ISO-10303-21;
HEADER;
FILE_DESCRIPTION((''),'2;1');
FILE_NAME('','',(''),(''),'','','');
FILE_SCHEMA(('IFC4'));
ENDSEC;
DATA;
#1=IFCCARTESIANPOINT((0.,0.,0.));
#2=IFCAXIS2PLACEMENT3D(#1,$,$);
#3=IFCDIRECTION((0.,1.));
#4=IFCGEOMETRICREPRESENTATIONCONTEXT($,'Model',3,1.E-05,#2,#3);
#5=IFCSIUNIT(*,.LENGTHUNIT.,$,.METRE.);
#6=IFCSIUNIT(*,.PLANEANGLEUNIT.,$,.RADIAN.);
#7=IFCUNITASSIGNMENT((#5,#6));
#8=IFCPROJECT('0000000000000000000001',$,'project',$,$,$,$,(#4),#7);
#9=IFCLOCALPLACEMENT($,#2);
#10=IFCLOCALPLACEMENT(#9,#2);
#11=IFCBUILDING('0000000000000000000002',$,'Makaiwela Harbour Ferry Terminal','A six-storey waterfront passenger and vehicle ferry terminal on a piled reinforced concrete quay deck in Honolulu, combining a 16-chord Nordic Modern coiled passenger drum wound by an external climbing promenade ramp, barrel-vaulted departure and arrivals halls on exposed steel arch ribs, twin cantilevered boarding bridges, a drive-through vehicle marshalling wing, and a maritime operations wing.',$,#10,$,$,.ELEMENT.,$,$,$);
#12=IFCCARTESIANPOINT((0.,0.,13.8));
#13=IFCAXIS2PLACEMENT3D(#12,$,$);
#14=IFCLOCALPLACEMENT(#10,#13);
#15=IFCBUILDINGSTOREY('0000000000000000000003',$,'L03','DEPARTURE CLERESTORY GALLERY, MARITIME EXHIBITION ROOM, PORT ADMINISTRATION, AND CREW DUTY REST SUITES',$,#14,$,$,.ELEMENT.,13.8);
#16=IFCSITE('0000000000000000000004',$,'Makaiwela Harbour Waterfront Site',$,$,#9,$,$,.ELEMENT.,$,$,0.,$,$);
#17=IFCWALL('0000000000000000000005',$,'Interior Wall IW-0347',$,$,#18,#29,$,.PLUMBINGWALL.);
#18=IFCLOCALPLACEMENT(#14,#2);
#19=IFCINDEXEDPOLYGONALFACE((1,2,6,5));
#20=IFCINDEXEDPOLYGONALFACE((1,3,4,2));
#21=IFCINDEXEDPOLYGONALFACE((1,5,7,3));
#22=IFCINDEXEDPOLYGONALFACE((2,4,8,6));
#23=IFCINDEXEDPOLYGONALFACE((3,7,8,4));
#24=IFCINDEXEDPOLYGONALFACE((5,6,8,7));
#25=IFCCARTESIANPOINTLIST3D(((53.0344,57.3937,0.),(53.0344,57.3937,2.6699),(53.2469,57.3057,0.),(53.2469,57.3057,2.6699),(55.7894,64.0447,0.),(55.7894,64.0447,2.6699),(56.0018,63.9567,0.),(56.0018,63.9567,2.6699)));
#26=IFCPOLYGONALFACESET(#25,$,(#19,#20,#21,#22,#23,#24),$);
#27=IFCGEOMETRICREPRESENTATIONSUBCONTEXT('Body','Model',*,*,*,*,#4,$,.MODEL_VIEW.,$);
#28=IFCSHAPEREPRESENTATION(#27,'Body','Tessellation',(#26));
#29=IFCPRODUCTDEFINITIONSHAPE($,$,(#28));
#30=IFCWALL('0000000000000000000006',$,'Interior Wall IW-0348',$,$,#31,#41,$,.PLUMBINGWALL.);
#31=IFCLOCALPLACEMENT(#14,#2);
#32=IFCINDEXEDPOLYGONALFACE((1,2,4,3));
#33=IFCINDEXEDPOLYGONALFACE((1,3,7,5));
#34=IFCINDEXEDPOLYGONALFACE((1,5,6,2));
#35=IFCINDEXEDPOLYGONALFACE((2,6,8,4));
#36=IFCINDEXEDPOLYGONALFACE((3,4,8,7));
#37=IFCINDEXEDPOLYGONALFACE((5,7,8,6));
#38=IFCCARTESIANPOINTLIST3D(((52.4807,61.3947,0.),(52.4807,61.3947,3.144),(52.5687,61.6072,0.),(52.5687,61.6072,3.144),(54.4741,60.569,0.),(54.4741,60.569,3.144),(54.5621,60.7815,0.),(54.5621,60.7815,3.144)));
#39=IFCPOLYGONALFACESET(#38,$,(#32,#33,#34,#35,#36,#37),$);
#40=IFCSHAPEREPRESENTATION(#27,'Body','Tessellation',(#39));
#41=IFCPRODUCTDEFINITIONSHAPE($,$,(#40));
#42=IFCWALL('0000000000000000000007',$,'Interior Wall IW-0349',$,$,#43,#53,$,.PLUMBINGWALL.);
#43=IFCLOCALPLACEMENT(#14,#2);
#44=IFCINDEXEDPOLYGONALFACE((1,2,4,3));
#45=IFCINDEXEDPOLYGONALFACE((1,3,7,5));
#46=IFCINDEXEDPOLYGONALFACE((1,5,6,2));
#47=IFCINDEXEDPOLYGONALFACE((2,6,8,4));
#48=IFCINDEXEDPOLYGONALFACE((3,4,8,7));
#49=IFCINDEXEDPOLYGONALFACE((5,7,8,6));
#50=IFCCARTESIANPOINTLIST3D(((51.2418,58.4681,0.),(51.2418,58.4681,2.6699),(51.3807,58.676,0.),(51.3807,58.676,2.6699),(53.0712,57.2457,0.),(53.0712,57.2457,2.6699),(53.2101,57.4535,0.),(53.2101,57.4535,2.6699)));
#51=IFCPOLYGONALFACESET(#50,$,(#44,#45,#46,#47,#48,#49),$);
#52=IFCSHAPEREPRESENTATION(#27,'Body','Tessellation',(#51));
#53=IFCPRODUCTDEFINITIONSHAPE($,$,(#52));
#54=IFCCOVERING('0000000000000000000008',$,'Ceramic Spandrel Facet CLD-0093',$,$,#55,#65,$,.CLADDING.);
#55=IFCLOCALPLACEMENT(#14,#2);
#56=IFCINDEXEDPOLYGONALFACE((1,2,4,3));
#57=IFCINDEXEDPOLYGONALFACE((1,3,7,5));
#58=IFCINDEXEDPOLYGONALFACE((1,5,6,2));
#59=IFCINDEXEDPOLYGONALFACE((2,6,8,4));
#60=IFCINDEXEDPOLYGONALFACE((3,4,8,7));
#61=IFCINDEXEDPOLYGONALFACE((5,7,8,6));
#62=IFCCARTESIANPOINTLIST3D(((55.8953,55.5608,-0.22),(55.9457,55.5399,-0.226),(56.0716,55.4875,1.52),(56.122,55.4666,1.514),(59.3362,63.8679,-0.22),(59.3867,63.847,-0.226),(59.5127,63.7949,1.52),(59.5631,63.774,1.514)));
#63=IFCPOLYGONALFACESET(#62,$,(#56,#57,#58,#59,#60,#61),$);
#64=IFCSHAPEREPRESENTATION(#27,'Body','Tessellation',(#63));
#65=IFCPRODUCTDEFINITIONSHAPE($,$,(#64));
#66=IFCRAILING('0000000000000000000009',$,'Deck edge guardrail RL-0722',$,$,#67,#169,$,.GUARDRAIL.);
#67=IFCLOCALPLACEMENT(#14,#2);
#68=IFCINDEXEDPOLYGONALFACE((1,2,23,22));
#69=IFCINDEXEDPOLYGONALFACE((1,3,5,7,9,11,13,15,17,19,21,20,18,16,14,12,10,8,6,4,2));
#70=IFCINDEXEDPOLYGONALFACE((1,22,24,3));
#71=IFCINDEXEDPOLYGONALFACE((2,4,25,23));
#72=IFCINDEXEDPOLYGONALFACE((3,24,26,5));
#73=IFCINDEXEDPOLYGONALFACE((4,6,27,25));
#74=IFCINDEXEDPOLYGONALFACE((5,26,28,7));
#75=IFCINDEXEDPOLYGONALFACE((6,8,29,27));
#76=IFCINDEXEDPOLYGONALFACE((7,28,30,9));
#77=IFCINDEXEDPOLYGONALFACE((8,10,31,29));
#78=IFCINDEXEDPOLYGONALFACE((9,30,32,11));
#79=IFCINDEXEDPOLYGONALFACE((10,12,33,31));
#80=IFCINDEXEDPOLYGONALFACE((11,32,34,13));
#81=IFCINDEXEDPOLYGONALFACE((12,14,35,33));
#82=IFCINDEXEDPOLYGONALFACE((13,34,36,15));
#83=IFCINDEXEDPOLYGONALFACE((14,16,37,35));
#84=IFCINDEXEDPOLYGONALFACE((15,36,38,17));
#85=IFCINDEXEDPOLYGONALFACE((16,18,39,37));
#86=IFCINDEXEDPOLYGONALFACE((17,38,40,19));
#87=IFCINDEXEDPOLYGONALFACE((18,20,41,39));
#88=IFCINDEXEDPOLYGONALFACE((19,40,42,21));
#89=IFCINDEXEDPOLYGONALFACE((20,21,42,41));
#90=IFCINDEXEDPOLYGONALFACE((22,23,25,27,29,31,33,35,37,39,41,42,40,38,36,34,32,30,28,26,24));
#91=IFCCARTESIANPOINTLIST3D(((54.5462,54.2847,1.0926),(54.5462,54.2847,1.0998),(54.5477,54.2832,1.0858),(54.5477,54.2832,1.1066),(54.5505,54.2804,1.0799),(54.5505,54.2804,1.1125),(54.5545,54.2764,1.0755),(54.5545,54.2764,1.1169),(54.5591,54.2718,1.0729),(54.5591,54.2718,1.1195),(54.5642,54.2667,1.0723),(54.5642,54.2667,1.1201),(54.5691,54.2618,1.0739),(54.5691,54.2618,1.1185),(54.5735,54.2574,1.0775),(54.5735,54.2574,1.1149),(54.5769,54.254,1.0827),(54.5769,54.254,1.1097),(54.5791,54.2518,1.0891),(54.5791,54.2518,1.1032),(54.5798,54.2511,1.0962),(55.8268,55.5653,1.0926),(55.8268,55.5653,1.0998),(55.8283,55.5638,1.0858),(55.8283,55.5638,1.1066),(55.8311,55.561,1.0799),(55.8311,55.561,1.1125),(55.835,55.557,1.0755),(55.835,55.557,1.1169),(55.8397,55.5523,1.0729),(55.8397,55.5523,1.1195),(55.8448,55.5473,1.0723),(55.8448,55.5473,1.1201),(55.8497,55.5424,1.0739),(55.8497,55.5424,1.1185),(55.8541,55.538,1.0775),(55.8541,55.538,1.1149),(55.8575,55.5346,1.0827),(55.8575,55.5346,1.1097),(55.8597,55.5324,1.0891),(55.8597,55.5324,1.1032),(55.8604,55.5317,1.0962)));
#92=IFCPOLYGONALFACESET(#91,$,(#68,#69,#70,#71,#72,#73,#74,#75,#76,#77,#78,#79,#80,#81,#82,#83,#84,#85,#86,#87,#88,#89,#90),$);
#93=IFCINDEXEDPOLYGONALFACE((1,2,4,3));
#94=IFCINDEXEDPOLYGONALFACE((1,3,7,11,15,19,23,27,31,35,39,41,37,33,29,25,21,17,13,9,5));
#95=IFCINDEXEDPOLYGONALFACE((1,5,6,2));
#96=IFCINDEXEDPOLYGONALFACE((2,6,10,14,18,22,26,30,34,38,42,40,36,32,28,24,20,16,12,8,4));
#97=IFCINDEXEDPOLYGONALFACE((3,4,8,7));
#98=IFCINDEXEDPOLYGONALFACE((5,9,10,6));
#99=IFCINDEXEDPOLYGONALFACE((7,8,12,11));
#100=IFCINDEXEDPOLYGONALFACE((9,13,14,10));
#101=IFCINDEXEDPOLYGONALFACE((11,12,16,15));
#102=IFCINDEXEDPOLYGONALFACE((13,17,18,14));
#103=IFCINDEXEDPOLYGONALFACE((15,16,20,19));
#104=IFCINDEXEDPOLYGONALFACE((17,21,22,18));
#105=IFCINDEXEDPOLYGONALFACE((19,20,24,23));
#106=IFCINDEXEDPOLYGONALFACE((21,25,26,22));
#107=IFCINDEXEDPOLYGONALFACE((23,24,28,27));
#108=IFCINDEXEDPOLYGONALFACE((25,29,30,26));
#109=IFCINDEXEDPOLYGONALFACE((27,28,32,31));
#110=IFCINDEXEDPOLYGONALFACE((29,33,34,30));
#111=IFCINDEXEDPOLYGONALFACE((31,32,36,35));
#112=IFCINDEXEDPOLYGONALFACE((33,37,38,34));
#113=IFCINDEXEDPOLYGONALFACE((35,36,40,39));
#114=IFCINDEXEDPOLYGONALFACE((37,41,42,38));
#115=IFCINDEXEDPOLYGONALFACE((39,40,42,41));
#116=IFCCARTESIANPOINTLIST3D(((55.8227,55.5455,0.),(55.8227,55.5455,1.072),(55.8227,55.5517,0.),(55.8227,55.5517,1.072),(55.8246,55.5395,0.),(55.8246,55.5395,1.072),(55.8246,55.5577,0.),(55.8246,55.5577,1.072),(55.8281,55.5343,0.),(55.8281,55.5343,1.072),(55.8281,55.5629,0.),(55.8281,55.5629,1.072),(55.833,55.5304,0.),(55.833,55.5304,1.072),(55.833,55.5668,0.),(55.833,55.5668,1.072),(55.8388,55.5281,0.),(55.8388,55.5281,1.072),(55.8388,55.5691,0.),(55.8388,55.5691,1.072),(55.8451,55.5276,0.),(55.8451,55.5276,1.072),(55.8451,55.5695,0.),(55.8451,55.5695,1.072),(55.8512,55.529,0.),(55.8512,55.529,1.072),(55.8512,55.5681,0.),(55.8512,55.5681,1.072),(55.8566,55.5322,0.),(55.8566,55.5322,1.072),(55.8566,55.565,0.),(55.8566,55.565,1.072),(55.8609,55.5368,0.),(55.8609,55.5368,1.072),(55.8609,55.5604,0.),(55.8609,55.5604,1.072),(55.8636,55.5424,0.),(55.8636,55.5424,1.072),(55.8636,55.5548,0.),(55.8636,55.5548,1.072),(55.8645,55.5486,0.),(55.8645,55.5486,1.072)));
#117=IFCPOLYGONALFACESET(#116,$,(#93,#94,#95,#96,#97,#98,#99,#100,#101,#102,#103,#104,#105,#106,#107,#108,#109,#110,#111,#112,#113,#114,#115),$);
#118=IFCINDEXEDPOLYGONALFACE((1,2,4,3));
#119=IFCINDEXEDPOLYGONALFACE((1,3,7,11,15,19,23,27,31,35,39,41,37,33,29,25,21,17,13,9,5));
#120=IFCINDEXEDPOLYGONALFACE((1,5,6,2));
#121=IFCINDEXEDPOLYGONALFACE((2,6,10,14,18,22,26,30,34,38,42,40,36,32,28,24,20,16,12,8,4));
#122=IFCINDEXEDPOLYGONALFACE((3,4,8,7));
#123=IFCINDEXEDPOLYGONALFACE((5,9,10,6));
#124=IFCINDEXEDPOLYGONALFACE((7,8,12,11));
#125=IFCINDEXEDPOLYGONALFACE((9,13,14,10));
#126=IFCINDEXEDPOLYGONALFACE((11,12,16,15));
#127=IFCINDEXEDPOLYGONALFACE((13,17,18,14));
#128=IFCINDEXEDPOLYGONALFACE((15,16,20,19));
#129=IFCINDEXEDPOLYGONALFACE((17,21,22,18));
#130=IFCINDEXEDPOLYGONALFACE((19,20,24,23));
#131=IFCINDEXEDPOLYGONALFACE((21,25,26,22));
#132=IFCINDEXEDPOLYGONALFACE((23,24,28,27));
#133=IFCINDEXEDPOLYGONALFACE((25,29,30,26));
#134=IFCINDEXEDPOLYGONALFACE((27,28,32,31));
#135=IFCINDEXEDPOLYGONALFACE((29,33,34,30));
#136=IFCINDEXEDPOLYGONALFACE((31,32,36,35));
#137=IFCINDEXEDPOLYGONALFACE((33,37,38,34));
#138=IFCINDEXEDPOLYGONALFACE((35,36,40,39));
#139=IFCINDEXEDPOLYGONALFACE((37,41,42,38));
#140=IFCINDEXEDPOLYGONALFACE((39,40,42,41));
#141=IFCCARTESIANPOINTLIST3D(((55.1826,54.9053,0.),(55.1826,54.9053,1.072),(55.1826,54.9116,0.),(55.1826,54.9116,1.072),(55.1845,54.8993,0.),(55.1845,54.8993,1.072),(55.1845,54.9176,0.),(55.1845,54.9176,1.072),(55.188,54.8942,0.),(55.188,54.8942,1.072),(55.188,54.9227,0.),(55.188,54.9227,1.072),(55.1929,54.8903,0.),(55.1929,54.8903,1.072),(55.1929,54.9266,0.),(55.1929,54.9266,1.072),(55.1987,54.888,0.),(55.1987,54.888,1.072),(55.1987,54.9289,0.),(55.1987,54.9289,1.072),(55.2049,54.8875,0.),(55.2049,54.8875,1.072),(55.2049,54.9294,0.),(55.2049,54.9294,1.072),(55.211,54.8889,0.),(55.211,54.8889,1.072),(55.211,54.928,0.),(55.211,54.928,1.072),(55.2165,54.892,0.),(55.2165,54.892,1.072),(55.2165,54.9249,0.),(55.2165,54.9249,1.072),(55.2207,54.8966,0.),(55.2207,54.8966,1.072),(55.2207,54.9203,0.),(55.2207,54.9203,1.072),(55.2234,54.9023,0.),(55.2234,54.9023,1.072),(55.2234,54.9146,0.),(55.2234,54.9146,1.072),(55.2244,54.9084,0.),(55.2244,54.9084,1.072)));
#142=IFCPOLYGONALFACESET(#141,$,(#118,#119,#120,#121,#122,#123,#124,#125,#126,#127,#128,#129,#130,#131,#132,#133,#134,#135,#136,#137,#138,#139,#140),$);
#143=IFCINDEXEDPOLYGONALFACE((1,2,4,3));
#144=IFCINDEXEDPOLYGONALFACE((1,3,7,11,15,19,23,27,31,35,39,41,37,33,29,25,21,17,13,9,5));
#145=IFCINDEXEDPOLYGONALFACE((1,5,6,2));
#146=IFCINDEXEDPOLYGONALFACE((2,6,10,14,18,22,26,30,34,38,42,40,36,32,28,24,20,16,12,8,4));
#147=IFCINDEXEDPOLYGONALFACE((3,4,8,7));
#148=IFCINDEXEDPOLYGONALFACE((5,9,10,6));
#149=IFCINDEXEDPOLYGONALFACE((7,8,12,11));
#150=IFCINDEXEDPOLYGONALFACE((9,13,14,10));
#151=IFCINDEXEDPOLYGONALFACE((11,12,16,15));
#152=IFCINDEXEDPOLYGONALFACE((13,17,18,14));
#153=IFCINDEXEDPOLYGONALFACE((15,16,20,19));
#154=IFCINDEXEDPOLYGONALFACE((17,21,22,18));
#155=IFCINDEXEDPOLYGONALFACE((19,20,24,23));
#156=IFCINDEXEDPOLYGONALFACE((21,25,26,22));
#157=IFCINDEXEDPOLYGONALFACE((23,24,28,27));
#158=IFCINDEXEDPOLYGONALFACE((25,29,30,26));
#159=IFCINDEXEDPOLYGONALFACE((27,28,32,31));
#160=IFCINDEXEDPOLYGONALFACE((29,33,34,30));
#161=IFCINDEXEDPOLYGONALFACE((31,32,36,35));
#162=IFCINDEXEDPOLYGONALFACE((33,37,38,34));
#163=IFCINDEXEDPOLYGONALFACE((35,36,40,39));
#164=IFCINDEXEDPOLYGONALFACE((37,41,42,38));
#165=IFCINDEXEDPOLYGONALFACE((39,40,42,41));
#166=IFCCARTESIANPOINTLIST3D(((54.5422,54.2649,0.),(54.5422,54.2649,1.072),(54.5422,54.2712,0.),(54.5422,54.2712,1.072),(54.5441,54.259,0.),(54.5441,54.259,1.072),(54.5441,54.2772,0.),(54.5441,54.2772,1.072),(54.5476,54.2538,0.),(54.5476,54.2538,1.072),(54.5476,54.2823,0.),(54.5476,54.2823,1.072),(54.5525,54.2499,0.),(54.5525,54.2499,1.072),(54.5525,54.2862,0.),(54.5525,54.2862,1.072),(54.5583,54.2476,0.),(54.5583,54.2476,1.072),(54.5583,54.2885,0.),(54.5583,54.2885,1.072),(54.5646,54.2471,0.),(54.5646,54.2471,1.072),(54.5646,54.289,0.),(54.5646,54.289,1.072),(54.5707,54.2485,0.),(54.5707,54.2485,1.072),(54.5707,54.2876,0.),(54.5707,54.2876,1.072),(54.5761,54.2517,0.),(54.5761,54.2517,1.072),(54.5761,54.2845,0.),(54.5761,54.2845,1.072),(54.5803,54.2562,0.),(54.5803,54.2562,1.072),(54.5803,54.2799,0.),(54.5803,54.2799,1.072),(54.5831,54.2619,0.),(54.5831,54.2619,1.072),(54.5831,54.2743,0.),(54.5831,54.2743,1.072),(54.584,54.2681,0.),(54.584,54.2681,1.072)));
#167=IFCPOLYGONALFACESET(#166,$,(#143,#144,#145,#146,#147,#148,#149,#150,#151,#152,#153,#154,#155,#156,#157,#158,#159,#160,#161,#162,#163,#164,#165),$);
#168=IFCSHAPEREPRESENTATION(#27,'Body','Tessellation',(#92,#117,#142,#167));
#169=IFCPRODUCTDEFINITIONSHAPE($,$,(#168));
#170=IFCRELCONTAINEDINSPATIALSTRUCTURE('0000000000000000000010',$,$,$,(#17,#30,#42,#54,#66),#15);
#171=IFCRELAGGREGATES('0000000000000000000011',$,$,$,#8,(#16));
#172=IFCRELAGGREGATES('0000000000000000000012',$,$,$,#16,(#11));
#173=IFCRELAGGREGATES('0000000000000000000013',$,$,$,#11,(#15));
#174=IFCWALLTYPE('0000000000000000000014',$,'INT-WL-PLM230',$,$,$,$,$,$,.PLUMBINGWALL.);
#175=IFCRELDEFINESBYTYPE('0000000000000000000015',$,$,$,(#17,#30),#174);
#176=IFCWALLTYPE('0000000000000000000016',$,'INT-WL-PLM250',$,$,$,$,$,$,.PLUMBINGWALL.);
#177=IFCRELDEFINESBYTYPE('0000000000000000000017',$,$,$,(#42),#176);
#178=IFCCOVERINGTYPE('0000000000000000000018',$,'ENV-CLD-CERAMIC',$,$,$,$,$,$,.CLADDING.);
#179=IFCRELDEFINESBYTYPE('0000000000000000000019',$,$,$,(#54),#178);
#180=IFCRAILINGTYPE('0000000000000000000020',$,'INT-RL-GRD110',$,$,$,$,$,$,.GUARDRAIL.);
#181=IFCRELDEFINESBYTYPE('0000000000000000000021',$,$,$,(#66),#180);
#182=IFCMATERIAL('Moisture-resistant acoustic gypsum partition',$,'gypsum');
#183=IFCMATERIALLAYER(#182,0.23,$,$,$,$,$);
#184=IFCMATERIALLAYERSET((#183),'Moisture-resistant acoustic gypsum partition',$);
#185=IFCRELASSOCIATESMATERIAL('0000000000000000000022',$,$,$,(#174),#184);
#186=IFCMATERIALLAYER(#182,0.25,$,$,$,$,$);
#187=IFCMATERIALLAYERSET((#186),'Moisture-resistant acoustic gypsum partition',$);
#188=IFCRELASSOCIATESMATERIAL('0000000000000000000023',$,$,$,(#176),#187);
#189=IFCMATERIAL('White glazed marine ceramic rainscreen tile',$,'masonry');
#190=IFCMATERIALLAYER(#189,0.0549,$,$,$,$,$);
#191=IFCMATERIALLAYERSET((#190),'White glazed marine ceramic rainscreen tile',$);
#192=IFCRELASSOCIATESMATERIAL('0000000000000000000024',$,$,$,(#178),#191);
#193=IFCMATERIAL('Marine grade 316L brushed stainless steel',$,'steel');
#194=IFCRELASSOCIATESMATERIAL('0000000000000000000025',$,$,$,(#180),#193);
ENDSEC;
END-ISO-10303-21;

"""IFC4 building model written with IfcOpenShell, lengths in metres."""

from ifc_helpers import new_model, si_unit, direction, frame, frame_2d, origin, origin_2d, place, context, subcontext, project, spatial, polyline, rectangle, circle, outline, extrude, material, layer, layer_set, type_object, element, save


model = new_model("IFC4")

# Units and contexts
model_context = context("Model", 3, precision=1e-05, world=origin(), true_north=direction((0.0, 1.0)))
body_context = subcontext(model_context, "Body", "Model", "MODEL_VIEW")
ifc_project = project(units=[si_unit("LENGTHUNIT", "METRE"), si_unit("PLANEANGLEUNIT", "RADIAN")], contexts=[model_context])

# Site, building, storey
site_placement = place(None, origin())
site = spatial("IfcSite", under=ifc_project, at=site_placement, Name="Makaiwela Harbour Waterfront Site", CompositionType="ELEMENT", RefElevation=0.0)
building_placement = place(site_placement, origin())
building = spatial("IfcBuilding", under=site, at=building_placement, Name="Makaiwela Harbour Ferry Terminal", Description="A six-storey waterfront passenger and vehicle ferry terminal on a piled reinforced concrete quay deck in Honolulu, combining a 16-chord Nordic Modern coiled passenger drum wound by an external climbing promenade ramp, barrel-vaulted departure and arrivals halls on exposed steel arch ribs, twin cantilevered boarding bridges, a drive-through vehicle marshalling wing, and a maritime operations wing.", CompositionType="ELEMENT")
storey_placement = place(building_placement, frame((0.0, 0.0, 13.8)))
storey = spatial("IfcBuildingStorey", under=building, at=storey_placement, Name="L03", Description="DEPARTURE CLERESTORY GALLERY, MARITIME EXHIBITION ROOM, PORT ADMINISTRATION, AND CREW DUTY REST SUITES", CompositionType="ELEMENT", Elevation=13.8)

# Shared definitions
ifc_material_1 = material(Name="Moisture-resistant acoustic gypsum partition", Category="gypsum")
ifc_layer_1 = layer(ifc_material_1, 0.23)
ifc_layer_set_1 = layer_set([ifc_layer_1], Name="Moisture-resistant acoustic gypsum partition")
wall_type_1 = type_object("IfcWallType", Name="INT-WL-PLM230", PredefinedType="PLUMBINGWALL", material=ifc_layer_set_1)

# Walls
wall_1_placement = place(storey_placement, frame((53.1406, 57.3496, 0.0), z_axis=(0.0, 0.0, 1.0), x_axis=(0.382683, 0.92388, 0.0)))
element("IfcWall", 1, at=wall_1_placement, inside=storey, type_object=wall_type_1, Name="Interior Wall IW-0347", PredefinedType="PLUMBINGWALL", context=body_context, shape_type="SweptSolid", body=[
    extrude(rectangle(XDim=7.199, YDim=0.23, at=frame_2d((3.5996, 0.0))), origin(), (0.0, 0.0, 1.0), 2.6699),
])
wall_2_placement = place(storey_placement, frame((52.5247, 61.501, 0.0), z_axis=(0.0, 0.0, 1.0), x_axis=(0.923882, -0.382678, 0.0)))
element("IfcWall", 2, at=wall_2_placement, inside=storey, type_object=wall_type_1, Name="Interior Wall IW-0348", PredefinedType="PLUMBINGWALL", context=body_context, shape_type="SweptSolid", body=[
    extrude(rectangle(XDim=2.1577, YDim=0.23, at=frame_2d((1.0789, 0.0))), origin(), (0.0, 0.0, 1.0), 3.144),
])

# Shared definitions
ifc_layer_2 = layer(ifc_material_1, 0.25)
ifc_layer_set_2 = layer_set([ifc_layer_2], Name="Moisture-resistant acoustic gypsum partition")
wall_type_2 = type_object("IfcWallType", Name="INT-WL-PLM250", PredefinedType="PLUMBINGWALL", material=ifc_layer_set_2)

# Wall
wall_3_placement = place(storey_placement, frame((51.3113, 58.572, 0.0), z_axis=(0.0, 0.0, 1.0), x_axis=(0.831452, -0.555596, 0.0)))
element("IfcWall", 3, at=wall_3_placement, inside=storey, type_object=wall_type_2, Name="Interior Wall IW-0349", PredefinedType="PLUMBINGWALL", context=body_context, shape_type="SweptSolid", body=[
    extrude(rectangle(XDim=2.2002, YDim=0.25, at=frame_2d((1.1001, 0.0))), origin(), (0.0, 0.0, 1.0), 2.6699),
])

# Covering
ifc_material_2 = material(Name="White glazed marine ceramic rainscreen tile", Category="masonry")
ifc_layer_3 = layer(ifc_material_2, 0.0549)
ifc_layer_set_3 = layer_set([ifc_layer_3], Name="White glazed marine ceramic rainscreen tile")
covering_type = type_object("IfcCoveringType", Name="ENV-CLD-CERAMIC", PredefinedType="CLADDING", material=ifc_layer_set_3)
covering_placement = place(storey_placement, frame((55.8953, 55.5608, -0.22), z_axis=(-0.918364, 0.380406, 0.109085), x_axis=(0.382689, 0.923877, -0.000001)))
element("IfcCovering", 4, at=covering_placement, inside=storey, type_object=covering_type, Name="Ceramic Spandrel Facet CLD-0093", PredefinedType="CLADDING", context=body_context, shape_type="SweptSolid", body=[
    extrude(outline(polyline([(0.0, 0.0), (8.9916, 0.0), (8.9917, -1.7504), (-0.0002, -1.7504), (0.0, 0.0)])), origin(), (0.0, 0.0, -1.0), 0.0549),
])

# Railing
ifc_material_3 = material(Name="Marine grade 316L brushed stainless steel", Category="steel")
railing_type = type_object("IfcRailingType", Name="INT-RL-GRD110", PredefinedType="GUARDRAIL", material=ifc_material_3)
railing_placement = place(storey_placement, frame((55.8435, 55.5486, 0.0)))
element("IfcRailing", 5, at=railing_placement, inside=storey, type_object=railing_type, Name="Deck edge guardrail RL-0722", PredefinedType="GUARDRAIL", context=body_context, shape_type="SweptSolid", body=[
    extrude(circle(Radius=0.0239, at=origin_2d()), frame((0.0, 0.0, 1.0962), z_axis=(-0.707107, -0.707107, 0.0), x_axis=(0.707107, -0.707107, 0.0)), (0.0, 0.0, 1.0), 1.811),
    extrude(circle(Radius=0.021, at=origin_2d()), origin(), (0.0, 0.0, 1.0), 1.072),
    extrude(circle(Radius=0.021, at=origin_2d()), frame((-0.6401, -0.6401, 0.0)), (0.0, 0.0, 1.0), 1.072),
    extrude(circle(Radius=0.021, at=origin_2d()), frame((-1.2805, -1.2805, 0.0)), (0.0, 0.0, 1.0), 1.072),
])

save(model, "model.ifc")
